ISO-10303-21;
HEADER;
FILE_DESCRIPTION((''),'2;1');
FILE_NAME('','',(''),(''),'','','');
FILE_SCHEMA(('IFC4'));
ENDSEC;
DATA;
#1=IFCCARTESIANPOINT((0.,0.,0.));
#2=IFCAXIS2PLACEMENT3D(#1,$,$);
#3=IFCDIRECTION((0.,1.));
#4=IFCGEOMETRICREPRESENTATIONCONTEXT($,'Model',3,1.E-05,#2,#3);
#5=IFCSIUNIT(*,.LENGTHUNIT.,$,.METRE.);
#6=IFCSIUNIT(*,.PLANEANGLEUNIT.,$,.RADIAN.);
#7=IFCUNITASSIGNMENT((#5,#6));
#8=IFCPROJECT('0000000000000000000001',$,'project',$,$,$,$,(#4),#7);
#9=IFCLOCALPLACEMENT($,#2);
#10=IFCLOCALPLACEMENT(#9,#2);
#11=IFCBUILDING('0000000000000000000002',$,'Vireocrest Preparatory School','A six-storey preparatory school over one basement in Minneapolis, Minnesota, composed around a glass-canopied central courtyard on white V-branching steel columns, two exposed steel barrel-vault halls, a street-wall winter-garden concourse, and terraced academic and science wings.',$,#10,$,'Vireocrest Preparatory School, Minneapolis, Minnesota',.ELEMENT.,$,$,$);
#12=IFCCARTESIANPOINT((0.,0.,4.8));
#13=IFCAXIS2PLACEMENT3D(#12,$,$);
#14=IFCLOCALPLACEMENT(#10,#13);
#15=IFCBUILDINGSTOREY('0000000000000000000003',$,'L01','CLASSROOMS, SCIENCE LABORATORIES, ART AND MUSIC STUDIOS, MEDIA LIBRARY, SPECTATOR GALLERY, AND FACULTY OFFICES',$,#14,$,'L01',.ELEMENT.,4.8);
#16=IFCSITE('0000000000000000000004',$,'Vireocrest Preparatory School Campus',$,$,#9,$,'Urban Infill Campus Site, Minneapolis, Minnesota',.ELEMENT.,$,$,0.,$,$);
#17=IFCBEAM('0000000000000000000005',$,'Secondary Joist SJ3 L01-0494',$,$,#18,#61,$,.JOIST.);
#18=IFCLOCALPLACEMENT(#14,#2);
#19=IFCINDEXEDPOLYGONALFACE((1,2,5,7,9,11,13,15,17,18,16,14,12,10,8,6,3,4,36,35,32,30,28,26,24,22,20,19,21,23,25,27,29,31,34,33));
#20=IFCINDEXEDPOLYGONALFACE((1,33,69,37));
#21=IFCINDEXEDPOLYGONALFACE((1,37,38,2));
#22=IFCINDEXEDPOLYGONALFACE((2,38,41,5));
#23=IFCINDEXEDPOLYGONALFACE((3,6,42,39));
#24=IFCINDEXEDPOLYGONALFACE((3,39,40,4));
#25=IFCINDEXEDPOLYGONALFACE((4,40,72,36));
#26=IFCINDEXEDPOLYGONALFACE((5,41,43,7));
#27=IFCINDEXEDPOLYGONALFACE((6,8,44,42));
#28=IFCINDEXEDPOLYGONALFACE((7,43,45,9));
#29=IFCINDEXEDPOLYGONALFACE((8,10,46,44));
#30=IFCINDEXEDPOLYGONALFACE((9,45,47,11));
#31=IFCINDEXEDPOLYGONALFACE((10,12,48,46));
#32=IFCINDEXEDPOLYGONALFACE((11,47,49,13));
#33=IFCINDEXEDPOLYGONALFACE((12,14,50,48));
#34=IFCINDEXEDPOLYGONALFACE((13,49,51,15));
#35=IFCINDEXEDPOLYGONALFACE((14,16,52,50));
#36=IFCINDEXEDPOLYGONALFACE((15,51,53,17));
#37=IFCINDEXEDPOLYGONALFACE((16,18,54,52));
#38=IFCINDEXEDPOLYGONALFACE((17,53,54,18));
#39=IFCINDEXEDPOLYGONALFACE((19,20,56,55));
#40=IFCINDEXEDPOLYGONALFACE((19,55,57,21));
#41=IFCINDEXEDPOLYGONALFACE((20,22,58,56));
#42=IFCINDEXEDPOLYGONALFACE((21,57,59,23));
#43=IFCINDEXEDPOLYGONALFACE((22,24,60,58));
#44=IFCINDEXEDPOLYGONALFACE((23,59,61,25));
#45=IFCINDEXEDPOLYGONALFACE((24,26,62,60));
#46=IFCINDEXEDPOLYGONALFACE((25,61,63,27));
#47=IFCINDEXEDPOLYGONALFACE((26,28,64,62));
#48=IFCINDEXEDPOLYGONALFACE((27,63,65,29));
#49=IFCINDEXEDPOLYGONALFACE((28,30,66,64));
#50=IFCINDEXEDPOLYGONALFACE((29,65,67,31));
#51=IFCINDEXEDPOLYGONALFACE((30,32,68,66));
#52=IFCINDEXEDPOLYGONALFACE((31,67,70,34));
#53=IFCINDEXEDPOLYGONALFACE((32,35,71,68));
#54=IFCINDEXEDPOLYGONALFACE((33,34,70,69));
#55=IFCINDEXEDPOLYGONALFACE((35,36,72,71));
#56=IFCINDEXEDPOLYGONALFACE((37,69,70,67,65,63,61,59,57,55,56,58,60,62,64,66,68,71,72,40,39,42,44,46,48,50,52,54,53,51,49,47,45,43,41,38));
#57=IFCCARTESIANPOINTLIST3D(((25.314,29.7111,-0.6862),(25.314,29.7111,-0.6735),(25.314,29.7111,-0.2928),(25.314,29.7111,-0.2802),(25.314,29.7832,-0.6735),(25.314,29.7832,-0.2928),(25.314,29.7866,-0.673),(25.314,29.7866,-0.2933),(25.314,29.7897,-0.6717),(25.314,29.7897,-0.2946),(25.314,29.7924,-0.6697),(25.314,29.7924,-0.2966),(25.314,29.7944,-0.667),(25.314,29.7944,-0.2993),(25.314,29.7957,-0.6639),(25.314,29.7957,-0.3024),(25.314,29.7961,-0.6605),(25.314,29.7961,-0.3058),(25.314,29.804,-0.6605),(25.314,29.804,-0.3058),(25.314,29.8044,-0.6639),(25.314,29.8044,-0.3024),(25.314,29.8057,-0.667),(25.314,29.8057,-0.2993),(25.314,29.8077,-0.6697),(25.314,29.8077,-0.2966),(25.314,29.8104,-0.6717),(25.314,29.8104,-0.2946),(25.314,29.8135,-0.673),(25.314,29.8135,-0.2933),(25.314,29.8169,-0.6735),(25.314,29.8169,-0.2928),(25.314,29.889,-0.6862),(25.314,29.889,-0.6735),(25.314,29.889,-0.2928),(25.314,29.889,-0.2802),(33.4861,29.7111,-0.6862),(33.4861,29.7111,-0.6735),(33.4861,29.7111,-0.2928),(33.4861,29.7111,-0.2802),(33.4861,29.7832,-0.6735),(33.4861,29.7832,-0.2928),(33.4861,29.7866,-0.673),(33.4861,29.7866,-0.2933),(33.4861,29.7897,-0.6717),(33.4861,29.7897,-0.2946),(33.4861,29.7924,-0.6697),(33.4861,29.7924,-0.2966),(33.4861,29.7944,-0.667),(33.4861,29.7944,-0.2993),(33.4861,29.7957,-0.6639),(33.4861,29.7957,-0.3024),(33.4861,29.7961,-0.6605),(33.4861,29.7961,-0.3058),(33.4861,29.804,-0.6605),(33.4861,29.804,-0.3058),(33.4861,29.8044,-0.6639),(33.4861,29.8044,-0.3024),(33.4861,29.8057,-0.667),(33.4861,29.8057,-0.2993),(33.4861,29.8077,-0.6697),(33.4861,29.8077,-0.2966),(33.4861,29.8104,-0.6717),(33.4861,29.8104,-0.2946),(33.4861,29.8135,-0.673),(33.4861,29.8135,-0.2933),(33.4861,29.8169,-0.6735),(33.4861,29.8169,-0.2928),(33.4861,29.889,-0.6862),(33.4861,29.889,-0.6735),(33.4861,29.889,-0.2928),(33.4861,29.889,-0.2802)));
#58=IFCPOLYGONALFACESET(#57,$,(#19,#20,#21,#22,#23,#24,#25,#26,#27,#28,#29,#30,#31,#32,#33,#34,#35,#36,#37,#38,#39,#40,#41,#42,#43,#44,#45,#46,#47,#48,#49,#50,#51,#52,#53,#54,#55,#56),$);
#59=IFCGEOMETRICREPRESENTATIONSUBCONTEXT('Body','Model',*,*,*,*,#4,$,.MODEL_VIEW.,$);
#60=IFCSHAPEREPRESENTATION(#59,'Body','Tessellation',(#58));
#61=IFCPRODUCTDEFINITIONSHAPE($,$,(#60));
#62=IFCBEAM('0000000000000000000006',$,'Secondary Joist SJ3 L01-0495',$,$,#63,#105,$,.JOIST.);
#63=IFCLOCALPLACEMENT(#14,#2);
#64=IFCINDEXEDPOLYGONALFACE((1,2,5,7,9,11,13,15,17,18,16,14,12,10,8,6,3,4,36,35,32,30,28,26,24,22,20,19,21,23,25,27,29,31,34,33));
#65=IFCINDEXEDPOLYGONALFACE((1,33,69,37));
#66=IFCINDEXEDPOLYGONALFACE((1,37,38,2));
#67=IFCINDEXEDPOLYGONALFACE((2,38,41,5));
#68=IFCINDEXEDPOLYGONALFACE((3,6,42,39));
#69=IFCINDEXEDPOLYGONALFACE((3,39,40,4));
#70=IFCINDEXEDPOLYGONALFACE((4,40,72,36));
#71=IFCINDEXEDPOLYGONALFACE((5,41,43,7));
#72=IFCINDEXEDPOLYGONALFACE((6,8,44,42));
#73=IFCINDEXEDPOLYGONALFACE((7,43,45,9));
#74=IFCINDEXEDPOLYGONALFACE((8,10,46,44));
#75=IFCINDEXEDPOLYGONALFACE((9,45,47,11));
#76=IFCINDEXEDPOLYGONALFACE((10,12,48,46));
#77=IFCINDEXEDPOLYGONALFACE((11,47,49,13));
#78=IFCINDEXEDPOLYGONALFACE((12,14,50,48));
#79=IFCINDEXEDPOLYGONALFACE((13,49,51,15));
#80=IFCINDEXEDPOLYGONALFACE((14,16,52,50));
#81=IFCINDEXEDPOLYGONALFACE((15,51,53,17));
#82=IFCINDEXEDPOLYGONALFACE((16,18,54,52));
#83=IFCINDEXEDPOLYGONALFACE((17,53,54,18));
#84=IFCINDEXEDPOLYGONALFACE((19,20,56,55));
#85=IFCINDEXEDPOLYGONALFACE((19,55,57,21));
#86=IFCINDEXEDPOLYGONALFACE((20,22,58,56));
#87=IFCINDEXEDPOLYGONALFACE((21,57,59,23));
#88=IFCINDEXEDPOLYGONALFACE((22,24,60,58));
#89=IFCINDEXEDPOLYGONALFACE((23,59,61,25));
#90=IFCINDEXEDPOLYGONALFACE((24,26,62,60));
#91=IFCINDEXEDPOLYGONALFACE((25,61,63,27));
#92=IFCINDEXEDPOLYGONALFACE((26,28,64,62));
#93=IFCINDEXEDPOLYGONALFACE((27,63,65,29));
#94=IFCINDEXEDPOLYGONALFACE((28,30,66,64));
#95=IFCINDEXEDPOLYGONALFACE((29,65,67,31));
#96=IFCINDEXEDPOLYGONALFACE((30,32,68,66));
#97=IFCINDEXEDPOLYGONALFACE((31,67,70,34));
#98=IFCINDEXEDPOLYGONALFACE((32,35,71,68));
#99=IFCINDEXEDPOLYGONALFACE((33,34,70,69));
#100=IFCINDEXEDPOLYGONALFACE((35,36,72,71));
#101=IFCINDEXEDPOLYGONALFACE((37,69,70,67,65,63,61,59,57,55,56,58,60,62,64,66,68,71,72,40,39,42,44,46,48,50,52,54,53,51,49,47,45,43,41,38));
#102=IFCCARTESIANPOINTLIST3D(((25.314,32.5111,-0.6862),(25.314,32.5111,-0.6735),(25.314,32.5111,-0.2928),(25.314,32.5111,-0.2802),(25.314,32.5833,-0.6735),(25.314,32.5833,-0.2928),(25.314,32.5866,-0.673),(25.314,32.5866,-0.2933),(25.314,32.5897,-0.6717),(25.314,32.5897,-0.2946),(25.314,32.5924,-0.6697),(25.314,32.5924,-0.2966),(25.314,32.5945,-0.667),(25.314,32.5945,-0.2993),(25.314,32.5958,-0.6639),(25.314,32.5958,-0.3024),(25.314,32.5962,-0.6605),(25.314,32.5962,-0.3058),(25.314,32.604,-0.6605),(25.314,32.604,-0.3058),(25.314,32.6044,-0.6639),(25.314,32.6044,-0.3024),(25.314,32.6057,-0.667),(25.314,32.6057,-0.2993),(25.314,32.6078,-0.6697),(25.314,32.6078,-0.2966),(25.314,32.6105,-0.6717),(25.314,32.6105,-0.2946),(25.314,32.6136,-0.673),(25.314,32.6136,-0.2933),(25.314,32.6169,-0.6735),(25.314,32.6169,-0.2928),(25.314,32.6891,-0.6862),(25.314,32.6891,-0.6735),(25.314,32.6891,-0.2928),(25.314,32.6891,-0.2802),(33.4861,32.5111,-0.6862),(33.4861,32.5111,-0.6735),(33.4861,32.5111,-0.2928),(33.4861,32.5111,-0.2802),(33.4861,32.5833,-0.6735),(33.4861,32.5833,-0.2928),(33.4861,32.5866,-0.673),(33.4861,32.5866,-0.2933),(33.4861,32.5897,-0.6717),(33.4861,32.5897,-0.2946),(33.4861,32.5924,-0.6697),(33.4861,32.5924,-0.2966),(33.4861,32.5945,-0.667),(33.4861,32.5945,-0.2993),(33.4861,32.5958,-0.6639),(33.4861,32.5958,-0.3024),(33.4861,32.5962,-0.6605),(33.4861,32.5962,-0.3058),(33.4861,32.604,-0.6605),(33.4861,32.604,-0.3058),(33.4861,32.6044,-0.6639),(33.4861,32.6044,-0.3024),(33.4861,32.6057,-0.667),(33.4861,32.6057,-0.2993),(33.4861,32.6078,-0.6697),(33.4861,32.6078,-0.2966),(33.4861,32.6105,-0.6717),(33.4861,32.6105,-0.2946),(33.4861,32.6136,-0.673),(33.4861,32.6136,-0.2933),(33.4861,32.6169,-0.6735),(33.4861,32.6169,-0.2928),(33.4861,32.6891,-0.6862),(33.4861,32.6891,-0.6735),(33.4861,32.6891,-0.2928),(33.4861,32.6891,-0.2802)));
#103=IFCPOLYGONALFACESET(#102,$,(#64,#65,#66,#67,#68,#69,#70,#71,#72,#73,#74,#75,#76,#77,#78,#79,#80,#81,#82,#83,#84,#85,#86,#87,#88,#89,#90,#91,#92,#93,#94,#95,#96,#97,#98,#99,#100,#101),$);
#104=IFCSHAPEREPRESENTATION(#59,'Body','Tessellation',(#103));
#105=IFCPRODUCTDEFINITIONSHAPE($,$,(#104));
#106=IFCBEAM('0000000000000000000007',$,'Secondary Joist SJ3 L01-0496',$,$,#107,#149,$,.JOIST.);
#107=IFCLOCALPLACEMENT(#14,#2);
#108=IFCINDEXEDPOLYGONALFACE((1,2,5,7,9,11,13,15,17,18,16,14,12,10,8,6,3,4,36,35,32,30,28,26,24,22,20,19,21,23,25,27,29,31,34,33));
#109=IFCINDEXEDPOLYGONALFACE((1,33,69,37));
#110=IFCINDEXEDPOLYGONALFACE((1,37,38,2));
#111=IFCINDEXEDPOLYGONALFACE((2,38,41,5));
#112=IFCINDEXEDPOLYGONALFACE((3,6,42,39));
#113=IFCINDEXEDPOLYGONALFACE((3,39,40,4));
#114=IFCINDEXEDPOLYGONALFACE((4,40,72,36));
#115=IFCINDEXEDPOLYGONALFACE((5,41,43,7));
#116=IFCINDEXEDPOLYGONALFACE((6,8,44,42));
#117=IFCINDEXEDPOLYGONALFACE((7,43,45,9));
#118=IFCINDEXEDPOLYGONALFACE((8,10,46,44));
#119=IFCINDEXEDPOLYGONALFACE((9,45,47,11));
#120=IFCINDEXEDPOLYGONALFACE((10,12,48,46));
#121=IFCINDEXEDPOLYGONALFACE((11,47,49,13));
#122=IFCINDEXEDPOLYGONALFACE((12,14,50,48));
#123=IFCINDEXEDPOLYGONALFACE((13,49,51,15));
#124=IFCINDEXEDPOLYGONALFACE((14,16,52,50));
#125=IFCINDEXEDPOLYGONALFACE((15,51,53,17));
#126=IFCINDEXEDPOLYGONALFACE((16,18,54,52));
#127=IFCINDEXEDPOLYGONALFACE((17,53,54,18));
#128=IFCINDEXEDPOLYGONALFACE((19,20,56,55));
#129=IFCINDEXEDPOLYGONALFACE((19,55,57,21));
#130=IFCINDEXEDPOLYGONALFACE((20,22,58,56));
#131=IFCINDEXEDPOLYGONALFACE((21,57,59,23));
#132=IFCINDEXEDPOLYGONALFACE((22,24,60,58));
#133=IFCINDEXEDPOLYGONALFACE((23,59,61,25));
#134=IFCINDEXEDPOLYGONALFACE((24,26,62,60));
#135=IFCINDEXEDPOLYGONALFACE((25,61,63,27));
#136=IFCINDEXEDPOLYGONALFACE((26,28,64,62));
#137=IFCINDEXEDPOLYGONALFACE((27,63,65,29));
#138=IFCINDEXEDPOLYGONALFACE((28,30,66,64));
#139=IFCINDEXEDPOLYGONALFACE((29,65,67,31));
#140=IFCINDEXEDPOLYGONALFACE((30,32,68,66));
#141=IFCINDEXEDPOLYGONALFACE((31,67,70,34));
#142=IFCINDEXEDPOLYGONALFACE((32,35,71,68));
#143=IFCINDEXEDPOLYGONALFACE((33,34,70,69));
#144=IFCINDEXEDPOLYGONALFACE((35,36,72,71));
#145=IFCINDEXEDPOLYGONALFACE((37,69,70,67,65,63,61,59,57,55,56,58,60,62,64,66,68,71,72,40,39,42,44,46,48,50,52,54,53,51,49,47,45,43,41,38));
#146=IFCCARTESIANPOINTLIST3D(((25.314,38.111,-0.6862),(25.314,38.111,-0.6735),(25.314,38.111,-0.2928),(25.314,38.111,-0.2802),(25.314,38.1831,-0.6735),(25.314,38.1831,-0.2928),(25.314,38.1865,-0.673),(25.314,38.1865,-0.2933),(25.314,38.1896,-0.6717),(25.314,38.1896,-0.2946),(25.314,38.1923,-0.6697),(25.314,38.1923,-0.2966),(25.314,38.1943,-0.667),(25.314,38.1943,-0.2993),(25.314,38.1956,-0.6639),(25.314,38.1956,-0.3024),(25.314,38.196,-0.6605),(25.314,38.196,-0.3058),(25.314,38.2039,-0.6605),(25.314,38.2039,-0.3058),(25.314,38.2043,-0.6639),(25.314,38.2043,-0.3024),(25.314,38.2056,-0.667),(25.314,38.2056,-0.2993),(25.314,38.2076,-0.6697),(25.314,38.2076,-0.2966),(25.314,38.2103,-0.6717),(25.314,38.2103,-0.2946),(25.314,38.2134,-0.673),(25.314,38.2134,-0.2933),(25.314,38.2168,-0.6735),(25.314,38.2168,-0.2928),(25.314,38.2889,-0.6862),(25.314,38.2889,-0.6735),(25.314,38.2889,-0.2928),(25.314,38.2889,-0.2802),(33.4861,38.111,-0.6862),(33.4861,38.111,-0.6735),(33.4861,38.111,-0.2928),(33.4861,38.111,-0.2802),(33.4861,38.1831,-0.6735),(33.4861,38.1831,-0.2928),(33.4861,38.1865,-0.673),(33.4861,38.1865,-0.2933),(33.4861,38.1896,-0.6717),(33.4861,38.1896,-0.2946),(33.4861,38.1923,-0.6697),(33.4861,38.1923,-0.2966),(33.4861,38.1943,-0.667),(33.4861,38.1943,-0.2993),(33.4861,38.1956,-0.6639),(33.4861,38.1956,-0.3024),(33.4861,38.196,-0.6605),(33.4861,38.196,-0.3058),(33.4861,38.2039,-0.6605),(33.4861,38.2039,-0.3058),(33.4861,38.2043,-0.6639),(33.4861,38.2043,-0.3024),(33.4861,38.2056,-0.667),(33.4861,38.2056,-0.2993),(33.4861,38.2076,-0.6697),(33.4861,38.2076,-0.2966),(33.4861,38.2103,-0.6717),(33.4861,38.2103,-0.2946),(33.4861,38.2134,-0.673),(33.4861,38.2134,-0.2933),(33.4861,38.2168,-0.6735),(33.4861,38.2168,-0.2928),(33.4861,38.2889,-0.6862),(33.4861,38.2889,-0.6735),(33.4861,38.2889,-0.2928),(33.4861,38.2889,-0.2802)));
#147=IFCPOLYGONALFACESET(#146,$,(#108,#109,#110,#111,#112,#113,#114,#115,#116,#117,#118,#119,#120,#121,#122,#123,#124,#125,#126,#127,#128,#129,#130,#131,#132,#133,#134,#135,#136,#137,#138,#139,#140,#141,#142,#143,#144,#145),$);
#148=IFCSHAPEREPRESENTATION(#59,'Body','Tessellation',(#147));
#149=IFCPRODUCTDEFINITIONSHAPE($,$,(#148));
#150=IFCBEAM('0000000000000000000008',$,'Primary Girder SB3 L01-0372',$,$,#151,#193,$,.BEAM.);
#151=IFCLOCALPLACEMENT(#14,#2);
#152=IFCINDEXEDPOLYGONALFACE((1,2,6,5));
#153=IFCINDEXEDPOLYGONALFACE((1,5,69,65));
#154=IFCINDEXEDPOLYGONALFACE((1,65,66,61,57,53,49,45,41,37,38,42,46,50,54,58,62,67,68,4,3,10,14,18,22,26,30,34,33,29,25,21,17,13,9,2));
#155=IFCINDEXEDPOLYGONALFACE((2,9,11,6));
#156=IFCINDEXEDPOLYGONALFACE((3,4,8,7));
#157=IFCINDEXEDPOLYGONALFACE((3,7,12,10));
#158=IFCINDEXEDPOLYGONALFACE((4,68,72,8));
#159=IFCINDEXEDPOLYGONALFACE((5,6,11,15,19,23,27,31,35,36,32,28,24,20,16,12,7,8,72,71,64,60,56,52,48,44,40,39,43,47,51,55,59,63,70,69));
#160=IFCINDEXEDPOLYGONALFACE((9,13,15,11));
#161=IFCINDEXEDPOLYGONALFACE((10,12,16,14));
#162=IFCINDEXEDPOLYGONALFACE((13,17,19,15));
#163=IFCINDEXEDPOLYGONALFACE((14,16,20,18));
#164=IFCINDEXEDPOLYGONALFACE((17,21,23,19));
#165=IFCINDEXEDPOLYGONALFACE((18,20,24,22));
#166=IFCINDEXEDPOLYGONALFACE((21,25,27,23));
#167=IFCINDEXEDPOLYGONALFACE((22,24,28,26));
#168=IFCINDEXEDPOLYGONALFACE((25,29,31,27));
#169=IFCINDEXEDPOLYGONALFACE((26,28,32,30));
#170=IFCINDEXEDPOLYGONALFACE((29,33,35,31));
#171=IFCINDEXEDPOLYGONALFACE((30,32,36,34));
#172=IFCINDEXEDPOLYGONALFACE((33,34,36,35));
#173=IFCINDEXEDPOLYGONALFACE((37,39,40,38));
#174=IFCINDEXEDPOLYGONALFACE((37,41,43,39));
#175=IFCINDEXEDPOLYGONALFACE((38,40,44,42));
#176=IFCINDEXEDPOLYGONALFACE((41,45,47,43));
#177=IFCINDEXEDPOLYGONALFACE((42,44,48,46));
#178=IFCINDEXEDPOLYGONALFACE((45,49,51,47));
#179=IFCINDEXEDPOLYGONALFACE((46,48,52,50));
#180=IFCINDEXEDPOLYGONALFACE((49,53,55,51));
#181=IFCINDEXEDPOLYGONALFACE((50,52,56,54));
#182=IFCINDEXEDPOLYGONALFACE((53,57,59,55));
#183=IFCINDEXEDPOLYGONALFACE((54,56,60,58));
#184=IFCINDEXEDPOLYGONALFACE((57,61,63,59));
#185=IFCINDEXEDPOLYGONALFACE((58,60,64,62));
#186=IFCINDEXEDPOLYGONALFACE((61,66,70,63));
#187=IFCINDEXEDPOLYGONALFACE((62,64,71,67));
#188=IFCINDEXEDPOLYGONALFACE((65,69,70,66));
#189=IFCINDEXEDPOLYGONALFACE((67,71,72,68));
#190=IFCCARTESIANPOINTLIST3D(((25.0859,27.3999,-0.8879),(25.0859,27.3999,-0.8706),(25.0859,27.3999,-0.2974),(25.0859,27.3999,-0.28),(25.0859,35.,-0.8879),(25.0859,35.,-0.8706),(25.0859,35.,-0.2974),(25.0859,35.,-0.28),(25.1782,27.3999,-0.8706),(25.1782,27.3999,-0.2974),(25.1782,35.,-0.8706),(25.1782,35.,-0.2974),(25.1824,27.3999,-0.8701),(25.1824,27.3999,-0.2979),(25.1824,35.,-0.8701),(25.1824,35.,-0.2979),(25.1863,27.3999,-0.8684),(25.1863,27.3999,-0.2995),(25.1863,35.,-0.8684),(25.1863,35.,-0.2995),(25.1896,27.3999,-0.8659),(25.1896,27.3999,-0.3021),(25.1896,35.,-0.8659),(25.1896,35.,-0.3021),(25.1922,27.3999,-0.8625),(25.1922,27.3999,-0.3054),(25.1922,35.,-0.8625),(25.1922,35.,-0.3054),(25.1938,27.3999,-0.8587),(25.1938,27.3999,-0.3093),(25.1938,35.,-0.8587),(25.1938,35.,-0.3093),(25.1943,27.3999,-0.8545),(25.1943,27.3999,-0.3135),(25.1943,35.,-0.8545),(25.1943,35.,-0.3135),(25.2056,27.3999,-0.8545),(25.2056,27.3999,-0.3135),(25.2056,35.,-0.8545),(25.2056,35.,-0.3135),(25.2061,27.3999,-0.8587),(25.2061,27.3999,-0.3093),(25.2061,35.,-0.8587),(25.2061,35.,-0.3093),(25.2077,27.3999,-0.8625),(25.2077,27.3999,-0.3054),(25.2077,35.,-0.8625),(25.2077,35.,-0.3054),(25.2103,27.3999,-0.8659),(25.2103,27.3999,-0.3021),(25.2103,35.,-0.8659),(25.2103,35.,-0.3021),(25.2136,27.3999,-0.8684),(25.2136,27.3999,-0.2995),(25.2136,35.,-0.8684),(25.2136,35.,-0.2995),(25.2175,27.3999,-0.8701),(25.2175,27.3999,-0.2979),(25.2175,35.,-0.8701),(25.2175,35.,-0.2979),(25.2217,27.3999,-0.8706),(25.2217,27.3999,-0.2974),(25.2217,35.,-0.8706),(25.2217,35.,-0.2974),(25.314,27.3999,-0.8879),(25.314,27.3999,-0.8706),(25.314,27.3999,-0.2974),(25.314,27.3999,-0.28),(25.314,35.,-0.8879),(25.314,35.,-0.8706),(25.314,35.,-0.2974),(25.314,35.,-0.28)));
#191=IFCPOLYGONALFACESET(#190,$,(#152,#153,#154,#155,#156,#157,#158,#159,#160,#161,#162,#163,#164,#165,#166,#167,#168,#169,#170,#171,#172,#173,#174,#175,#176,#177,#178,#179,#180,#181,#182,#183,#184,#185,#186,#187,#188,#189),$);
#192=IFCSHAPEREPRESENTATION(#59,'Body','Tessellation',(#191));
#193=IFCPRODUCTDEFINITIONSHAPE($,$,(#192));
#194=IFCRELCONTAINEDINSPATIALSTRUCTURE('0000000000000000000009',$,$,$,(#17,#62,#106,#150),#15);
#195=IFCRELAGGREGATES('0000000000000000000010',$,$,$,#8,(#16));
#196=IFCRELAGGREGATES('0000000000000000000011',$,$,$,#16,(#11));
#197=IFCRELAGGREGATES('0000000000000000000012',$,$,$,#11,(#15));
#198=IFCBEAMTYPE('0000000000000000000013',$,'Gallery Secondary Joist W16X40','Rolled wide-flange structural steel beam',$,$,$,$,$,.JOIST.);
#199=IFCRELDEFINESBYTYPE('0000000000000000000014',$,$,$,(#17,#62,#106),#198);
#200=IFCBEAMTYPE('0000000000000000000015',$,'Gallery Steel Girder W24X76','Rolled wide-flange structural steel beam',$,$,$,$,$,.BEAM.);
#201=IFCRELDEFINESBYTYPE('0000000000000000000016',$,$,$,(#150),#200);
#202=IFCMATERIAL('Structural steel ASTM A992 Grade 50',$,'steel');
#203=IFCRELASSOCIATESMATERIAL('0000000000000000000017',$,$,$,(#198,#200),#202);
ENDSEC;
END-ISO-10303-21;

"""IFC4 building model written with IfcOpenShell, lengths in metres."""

from ifc_helpers import new_model, si_unit, direction, frame, origin, origin_2d, place, context, subcontext, project, spatial, i_section, extrude, material, material_profile, profile_set, type_object, element, save


model = new_model("IFC4")

# Units and contexts
model_context = context("Model", 3, precision=1e-05, world=origin(), true_north=direction((0.0, 1.0)))
body_context = subcontext(model_context, "Body", "Model", "MODEL_VIEW")
ifc_project = project(units=[si_unit("LENGTHUNIT", "METRE"), si_unit("PLANEANGLEUNIT", "RADIAN")], contexts=[model_context])

# Site, building, storey
site_placement = place(None, origin())
site = spatial("IfcSite", under=ifc_project, at=site_placement, Name="Vireocrest Preparatory School Campus", LongName="Urban Infill Campus Site, Minneapolis, Minnesota", CompositionType="ELEMENT", RefElevation=0.0)
building_placement = place(site_placement, origin())
building = spatial("IfcBuilding", under=site, at=building_placement, Name="Vireocrest Preparatory School", Description="A six-storey preparatory school over one basement in Minneapolis, Minnesota, composed around a glass-canopied central courtyard on white V-branching steel columns, two exposed steel barrel-vault halls, a street-wall winter-garden concourse, and terraced academic and science wings.", LongName="Vireocrest Preparatory School, Minneapolis, Minnesota", CompositionType="ELEMENT")
storey_placement = place(building_placement, frame((0.0, 0.0, 4.8)))
storey = spatial("IfcBuildingStorey", under=building, at=storey_placement, Name="L01", Description="CLASSROOMS, SCIENCE LABORATORIES, ART AND MUSIC STUDIOS, MEDIA LIBRARY, SPECTATOR GALLERY, AND FACULTY OFFICES", LongName="L01", CompositionType="ELEMENT", Elevation=4.8)

# Beams
ifc_material_1 = material(Name="Structural steel ASTM A992 Grade 50", Category="steel")
ifc_material_profile_1 = material_profile(ifc_material_1, i_section(OverallWidth=0.178, OverallDepth=0.406, WebThickness=0.0078, FlangeThickness=0.0127, FilletRadius=0.0129, at=origin_2d()), Name="W16X40")
ifc_profile_set_1 = profile_set([ifc_material_profile_1], Name="Structural steel ASTM A992 Grade 50")
beam_type_1 = type_object("IfcBeamType", Name="Gallery Secondary Joist W16X40", Description="Rolled wide-flange structural steel beam", PredefinedType="JOIST", material=ifc_profile_set_1)
for number, where, z_axis, x_axis, name in (
    (1, (25.314, 29.8, -0.4832), (1.0, 0.0, 0.0), (0.0, 1.0, 0.0), "Secondary Joist SJ3 L01-0494"),
    (2, (25.314, 32.6001, -0.4832), (1.0, 0.0, 0.0), (0.0, 1.0, 0.0), "Secondary Joist SJ3 L01-0495"),
    (3, (25.314, 38.2, -0.4832), (1.0, 0.0, 0.0), (0.0, 1.0, 0.0), "Secondary Joist SJ3 L01-0496"),
):
    element("IfcBeam", number, at=place(storey_placement, frame(where, z_axis=z_axis, x_axis=x_axis)), inside=storey, type_object=beam_type_1, Name=name, PredefinedType="JOIST", context=body_context, shape_type="SweptSolid", body=[
        extrude(i_section(OverallWidth=0.178, OverallDepth=0.406, WebThickness=0.0078, FlangeThickness=0.0127, FilletRadius=0.0129, at=origin_2d()), origin(), (0.0, 0.0, 1.0), 8.1721),
    ])
ifc_material_profile_2 = material_profile(ifc_material_1, i_section(OverallWidth=0.228, OverallDepth=0.6079, WebThickness=0.0112, FlangeThickness=0.0173, FilletRadius=0.0161, at=origin_2d()), Name="W24X76")
ifc_profile_set_2 = profile_set([ifc_material_profile_2], Name="Structural steel ASTM A992 Grade 50")
beam_type_2 = type_object("IfcBeamType", Name="Gallery Steel Girder W24X76", Description="Rolled wide-flange structural steel beam", PredefinedType="BEAM", material=ifc_profile_set_2)
beam_1_placement = place(storey_placement, frame((25.2, 27.3999, -0.584), z_axis=(0.0, 1.0, 0.0), x_axis=(-1.0, 0.0, 0.0)))
element("IfcBeam", 4, at=beam_1_placement, inside=storey, type_object=beam_type_2, Name="Primary Girder SB3 L01-0372", PredefinedType="BEAM", context=body_context, shape_type="SweptSolid", body=[
    extrude(i_section(OverallWidth=0.228, OverallDepth=0.6079, WebThickness=0.0112, FlangeThickness=0.0173, FilletRadius=0.0161, at=origin_2d()), origin(), (0.0, 0.0, 1.0), 7.6001),
])

save(model, "model.ifc")
